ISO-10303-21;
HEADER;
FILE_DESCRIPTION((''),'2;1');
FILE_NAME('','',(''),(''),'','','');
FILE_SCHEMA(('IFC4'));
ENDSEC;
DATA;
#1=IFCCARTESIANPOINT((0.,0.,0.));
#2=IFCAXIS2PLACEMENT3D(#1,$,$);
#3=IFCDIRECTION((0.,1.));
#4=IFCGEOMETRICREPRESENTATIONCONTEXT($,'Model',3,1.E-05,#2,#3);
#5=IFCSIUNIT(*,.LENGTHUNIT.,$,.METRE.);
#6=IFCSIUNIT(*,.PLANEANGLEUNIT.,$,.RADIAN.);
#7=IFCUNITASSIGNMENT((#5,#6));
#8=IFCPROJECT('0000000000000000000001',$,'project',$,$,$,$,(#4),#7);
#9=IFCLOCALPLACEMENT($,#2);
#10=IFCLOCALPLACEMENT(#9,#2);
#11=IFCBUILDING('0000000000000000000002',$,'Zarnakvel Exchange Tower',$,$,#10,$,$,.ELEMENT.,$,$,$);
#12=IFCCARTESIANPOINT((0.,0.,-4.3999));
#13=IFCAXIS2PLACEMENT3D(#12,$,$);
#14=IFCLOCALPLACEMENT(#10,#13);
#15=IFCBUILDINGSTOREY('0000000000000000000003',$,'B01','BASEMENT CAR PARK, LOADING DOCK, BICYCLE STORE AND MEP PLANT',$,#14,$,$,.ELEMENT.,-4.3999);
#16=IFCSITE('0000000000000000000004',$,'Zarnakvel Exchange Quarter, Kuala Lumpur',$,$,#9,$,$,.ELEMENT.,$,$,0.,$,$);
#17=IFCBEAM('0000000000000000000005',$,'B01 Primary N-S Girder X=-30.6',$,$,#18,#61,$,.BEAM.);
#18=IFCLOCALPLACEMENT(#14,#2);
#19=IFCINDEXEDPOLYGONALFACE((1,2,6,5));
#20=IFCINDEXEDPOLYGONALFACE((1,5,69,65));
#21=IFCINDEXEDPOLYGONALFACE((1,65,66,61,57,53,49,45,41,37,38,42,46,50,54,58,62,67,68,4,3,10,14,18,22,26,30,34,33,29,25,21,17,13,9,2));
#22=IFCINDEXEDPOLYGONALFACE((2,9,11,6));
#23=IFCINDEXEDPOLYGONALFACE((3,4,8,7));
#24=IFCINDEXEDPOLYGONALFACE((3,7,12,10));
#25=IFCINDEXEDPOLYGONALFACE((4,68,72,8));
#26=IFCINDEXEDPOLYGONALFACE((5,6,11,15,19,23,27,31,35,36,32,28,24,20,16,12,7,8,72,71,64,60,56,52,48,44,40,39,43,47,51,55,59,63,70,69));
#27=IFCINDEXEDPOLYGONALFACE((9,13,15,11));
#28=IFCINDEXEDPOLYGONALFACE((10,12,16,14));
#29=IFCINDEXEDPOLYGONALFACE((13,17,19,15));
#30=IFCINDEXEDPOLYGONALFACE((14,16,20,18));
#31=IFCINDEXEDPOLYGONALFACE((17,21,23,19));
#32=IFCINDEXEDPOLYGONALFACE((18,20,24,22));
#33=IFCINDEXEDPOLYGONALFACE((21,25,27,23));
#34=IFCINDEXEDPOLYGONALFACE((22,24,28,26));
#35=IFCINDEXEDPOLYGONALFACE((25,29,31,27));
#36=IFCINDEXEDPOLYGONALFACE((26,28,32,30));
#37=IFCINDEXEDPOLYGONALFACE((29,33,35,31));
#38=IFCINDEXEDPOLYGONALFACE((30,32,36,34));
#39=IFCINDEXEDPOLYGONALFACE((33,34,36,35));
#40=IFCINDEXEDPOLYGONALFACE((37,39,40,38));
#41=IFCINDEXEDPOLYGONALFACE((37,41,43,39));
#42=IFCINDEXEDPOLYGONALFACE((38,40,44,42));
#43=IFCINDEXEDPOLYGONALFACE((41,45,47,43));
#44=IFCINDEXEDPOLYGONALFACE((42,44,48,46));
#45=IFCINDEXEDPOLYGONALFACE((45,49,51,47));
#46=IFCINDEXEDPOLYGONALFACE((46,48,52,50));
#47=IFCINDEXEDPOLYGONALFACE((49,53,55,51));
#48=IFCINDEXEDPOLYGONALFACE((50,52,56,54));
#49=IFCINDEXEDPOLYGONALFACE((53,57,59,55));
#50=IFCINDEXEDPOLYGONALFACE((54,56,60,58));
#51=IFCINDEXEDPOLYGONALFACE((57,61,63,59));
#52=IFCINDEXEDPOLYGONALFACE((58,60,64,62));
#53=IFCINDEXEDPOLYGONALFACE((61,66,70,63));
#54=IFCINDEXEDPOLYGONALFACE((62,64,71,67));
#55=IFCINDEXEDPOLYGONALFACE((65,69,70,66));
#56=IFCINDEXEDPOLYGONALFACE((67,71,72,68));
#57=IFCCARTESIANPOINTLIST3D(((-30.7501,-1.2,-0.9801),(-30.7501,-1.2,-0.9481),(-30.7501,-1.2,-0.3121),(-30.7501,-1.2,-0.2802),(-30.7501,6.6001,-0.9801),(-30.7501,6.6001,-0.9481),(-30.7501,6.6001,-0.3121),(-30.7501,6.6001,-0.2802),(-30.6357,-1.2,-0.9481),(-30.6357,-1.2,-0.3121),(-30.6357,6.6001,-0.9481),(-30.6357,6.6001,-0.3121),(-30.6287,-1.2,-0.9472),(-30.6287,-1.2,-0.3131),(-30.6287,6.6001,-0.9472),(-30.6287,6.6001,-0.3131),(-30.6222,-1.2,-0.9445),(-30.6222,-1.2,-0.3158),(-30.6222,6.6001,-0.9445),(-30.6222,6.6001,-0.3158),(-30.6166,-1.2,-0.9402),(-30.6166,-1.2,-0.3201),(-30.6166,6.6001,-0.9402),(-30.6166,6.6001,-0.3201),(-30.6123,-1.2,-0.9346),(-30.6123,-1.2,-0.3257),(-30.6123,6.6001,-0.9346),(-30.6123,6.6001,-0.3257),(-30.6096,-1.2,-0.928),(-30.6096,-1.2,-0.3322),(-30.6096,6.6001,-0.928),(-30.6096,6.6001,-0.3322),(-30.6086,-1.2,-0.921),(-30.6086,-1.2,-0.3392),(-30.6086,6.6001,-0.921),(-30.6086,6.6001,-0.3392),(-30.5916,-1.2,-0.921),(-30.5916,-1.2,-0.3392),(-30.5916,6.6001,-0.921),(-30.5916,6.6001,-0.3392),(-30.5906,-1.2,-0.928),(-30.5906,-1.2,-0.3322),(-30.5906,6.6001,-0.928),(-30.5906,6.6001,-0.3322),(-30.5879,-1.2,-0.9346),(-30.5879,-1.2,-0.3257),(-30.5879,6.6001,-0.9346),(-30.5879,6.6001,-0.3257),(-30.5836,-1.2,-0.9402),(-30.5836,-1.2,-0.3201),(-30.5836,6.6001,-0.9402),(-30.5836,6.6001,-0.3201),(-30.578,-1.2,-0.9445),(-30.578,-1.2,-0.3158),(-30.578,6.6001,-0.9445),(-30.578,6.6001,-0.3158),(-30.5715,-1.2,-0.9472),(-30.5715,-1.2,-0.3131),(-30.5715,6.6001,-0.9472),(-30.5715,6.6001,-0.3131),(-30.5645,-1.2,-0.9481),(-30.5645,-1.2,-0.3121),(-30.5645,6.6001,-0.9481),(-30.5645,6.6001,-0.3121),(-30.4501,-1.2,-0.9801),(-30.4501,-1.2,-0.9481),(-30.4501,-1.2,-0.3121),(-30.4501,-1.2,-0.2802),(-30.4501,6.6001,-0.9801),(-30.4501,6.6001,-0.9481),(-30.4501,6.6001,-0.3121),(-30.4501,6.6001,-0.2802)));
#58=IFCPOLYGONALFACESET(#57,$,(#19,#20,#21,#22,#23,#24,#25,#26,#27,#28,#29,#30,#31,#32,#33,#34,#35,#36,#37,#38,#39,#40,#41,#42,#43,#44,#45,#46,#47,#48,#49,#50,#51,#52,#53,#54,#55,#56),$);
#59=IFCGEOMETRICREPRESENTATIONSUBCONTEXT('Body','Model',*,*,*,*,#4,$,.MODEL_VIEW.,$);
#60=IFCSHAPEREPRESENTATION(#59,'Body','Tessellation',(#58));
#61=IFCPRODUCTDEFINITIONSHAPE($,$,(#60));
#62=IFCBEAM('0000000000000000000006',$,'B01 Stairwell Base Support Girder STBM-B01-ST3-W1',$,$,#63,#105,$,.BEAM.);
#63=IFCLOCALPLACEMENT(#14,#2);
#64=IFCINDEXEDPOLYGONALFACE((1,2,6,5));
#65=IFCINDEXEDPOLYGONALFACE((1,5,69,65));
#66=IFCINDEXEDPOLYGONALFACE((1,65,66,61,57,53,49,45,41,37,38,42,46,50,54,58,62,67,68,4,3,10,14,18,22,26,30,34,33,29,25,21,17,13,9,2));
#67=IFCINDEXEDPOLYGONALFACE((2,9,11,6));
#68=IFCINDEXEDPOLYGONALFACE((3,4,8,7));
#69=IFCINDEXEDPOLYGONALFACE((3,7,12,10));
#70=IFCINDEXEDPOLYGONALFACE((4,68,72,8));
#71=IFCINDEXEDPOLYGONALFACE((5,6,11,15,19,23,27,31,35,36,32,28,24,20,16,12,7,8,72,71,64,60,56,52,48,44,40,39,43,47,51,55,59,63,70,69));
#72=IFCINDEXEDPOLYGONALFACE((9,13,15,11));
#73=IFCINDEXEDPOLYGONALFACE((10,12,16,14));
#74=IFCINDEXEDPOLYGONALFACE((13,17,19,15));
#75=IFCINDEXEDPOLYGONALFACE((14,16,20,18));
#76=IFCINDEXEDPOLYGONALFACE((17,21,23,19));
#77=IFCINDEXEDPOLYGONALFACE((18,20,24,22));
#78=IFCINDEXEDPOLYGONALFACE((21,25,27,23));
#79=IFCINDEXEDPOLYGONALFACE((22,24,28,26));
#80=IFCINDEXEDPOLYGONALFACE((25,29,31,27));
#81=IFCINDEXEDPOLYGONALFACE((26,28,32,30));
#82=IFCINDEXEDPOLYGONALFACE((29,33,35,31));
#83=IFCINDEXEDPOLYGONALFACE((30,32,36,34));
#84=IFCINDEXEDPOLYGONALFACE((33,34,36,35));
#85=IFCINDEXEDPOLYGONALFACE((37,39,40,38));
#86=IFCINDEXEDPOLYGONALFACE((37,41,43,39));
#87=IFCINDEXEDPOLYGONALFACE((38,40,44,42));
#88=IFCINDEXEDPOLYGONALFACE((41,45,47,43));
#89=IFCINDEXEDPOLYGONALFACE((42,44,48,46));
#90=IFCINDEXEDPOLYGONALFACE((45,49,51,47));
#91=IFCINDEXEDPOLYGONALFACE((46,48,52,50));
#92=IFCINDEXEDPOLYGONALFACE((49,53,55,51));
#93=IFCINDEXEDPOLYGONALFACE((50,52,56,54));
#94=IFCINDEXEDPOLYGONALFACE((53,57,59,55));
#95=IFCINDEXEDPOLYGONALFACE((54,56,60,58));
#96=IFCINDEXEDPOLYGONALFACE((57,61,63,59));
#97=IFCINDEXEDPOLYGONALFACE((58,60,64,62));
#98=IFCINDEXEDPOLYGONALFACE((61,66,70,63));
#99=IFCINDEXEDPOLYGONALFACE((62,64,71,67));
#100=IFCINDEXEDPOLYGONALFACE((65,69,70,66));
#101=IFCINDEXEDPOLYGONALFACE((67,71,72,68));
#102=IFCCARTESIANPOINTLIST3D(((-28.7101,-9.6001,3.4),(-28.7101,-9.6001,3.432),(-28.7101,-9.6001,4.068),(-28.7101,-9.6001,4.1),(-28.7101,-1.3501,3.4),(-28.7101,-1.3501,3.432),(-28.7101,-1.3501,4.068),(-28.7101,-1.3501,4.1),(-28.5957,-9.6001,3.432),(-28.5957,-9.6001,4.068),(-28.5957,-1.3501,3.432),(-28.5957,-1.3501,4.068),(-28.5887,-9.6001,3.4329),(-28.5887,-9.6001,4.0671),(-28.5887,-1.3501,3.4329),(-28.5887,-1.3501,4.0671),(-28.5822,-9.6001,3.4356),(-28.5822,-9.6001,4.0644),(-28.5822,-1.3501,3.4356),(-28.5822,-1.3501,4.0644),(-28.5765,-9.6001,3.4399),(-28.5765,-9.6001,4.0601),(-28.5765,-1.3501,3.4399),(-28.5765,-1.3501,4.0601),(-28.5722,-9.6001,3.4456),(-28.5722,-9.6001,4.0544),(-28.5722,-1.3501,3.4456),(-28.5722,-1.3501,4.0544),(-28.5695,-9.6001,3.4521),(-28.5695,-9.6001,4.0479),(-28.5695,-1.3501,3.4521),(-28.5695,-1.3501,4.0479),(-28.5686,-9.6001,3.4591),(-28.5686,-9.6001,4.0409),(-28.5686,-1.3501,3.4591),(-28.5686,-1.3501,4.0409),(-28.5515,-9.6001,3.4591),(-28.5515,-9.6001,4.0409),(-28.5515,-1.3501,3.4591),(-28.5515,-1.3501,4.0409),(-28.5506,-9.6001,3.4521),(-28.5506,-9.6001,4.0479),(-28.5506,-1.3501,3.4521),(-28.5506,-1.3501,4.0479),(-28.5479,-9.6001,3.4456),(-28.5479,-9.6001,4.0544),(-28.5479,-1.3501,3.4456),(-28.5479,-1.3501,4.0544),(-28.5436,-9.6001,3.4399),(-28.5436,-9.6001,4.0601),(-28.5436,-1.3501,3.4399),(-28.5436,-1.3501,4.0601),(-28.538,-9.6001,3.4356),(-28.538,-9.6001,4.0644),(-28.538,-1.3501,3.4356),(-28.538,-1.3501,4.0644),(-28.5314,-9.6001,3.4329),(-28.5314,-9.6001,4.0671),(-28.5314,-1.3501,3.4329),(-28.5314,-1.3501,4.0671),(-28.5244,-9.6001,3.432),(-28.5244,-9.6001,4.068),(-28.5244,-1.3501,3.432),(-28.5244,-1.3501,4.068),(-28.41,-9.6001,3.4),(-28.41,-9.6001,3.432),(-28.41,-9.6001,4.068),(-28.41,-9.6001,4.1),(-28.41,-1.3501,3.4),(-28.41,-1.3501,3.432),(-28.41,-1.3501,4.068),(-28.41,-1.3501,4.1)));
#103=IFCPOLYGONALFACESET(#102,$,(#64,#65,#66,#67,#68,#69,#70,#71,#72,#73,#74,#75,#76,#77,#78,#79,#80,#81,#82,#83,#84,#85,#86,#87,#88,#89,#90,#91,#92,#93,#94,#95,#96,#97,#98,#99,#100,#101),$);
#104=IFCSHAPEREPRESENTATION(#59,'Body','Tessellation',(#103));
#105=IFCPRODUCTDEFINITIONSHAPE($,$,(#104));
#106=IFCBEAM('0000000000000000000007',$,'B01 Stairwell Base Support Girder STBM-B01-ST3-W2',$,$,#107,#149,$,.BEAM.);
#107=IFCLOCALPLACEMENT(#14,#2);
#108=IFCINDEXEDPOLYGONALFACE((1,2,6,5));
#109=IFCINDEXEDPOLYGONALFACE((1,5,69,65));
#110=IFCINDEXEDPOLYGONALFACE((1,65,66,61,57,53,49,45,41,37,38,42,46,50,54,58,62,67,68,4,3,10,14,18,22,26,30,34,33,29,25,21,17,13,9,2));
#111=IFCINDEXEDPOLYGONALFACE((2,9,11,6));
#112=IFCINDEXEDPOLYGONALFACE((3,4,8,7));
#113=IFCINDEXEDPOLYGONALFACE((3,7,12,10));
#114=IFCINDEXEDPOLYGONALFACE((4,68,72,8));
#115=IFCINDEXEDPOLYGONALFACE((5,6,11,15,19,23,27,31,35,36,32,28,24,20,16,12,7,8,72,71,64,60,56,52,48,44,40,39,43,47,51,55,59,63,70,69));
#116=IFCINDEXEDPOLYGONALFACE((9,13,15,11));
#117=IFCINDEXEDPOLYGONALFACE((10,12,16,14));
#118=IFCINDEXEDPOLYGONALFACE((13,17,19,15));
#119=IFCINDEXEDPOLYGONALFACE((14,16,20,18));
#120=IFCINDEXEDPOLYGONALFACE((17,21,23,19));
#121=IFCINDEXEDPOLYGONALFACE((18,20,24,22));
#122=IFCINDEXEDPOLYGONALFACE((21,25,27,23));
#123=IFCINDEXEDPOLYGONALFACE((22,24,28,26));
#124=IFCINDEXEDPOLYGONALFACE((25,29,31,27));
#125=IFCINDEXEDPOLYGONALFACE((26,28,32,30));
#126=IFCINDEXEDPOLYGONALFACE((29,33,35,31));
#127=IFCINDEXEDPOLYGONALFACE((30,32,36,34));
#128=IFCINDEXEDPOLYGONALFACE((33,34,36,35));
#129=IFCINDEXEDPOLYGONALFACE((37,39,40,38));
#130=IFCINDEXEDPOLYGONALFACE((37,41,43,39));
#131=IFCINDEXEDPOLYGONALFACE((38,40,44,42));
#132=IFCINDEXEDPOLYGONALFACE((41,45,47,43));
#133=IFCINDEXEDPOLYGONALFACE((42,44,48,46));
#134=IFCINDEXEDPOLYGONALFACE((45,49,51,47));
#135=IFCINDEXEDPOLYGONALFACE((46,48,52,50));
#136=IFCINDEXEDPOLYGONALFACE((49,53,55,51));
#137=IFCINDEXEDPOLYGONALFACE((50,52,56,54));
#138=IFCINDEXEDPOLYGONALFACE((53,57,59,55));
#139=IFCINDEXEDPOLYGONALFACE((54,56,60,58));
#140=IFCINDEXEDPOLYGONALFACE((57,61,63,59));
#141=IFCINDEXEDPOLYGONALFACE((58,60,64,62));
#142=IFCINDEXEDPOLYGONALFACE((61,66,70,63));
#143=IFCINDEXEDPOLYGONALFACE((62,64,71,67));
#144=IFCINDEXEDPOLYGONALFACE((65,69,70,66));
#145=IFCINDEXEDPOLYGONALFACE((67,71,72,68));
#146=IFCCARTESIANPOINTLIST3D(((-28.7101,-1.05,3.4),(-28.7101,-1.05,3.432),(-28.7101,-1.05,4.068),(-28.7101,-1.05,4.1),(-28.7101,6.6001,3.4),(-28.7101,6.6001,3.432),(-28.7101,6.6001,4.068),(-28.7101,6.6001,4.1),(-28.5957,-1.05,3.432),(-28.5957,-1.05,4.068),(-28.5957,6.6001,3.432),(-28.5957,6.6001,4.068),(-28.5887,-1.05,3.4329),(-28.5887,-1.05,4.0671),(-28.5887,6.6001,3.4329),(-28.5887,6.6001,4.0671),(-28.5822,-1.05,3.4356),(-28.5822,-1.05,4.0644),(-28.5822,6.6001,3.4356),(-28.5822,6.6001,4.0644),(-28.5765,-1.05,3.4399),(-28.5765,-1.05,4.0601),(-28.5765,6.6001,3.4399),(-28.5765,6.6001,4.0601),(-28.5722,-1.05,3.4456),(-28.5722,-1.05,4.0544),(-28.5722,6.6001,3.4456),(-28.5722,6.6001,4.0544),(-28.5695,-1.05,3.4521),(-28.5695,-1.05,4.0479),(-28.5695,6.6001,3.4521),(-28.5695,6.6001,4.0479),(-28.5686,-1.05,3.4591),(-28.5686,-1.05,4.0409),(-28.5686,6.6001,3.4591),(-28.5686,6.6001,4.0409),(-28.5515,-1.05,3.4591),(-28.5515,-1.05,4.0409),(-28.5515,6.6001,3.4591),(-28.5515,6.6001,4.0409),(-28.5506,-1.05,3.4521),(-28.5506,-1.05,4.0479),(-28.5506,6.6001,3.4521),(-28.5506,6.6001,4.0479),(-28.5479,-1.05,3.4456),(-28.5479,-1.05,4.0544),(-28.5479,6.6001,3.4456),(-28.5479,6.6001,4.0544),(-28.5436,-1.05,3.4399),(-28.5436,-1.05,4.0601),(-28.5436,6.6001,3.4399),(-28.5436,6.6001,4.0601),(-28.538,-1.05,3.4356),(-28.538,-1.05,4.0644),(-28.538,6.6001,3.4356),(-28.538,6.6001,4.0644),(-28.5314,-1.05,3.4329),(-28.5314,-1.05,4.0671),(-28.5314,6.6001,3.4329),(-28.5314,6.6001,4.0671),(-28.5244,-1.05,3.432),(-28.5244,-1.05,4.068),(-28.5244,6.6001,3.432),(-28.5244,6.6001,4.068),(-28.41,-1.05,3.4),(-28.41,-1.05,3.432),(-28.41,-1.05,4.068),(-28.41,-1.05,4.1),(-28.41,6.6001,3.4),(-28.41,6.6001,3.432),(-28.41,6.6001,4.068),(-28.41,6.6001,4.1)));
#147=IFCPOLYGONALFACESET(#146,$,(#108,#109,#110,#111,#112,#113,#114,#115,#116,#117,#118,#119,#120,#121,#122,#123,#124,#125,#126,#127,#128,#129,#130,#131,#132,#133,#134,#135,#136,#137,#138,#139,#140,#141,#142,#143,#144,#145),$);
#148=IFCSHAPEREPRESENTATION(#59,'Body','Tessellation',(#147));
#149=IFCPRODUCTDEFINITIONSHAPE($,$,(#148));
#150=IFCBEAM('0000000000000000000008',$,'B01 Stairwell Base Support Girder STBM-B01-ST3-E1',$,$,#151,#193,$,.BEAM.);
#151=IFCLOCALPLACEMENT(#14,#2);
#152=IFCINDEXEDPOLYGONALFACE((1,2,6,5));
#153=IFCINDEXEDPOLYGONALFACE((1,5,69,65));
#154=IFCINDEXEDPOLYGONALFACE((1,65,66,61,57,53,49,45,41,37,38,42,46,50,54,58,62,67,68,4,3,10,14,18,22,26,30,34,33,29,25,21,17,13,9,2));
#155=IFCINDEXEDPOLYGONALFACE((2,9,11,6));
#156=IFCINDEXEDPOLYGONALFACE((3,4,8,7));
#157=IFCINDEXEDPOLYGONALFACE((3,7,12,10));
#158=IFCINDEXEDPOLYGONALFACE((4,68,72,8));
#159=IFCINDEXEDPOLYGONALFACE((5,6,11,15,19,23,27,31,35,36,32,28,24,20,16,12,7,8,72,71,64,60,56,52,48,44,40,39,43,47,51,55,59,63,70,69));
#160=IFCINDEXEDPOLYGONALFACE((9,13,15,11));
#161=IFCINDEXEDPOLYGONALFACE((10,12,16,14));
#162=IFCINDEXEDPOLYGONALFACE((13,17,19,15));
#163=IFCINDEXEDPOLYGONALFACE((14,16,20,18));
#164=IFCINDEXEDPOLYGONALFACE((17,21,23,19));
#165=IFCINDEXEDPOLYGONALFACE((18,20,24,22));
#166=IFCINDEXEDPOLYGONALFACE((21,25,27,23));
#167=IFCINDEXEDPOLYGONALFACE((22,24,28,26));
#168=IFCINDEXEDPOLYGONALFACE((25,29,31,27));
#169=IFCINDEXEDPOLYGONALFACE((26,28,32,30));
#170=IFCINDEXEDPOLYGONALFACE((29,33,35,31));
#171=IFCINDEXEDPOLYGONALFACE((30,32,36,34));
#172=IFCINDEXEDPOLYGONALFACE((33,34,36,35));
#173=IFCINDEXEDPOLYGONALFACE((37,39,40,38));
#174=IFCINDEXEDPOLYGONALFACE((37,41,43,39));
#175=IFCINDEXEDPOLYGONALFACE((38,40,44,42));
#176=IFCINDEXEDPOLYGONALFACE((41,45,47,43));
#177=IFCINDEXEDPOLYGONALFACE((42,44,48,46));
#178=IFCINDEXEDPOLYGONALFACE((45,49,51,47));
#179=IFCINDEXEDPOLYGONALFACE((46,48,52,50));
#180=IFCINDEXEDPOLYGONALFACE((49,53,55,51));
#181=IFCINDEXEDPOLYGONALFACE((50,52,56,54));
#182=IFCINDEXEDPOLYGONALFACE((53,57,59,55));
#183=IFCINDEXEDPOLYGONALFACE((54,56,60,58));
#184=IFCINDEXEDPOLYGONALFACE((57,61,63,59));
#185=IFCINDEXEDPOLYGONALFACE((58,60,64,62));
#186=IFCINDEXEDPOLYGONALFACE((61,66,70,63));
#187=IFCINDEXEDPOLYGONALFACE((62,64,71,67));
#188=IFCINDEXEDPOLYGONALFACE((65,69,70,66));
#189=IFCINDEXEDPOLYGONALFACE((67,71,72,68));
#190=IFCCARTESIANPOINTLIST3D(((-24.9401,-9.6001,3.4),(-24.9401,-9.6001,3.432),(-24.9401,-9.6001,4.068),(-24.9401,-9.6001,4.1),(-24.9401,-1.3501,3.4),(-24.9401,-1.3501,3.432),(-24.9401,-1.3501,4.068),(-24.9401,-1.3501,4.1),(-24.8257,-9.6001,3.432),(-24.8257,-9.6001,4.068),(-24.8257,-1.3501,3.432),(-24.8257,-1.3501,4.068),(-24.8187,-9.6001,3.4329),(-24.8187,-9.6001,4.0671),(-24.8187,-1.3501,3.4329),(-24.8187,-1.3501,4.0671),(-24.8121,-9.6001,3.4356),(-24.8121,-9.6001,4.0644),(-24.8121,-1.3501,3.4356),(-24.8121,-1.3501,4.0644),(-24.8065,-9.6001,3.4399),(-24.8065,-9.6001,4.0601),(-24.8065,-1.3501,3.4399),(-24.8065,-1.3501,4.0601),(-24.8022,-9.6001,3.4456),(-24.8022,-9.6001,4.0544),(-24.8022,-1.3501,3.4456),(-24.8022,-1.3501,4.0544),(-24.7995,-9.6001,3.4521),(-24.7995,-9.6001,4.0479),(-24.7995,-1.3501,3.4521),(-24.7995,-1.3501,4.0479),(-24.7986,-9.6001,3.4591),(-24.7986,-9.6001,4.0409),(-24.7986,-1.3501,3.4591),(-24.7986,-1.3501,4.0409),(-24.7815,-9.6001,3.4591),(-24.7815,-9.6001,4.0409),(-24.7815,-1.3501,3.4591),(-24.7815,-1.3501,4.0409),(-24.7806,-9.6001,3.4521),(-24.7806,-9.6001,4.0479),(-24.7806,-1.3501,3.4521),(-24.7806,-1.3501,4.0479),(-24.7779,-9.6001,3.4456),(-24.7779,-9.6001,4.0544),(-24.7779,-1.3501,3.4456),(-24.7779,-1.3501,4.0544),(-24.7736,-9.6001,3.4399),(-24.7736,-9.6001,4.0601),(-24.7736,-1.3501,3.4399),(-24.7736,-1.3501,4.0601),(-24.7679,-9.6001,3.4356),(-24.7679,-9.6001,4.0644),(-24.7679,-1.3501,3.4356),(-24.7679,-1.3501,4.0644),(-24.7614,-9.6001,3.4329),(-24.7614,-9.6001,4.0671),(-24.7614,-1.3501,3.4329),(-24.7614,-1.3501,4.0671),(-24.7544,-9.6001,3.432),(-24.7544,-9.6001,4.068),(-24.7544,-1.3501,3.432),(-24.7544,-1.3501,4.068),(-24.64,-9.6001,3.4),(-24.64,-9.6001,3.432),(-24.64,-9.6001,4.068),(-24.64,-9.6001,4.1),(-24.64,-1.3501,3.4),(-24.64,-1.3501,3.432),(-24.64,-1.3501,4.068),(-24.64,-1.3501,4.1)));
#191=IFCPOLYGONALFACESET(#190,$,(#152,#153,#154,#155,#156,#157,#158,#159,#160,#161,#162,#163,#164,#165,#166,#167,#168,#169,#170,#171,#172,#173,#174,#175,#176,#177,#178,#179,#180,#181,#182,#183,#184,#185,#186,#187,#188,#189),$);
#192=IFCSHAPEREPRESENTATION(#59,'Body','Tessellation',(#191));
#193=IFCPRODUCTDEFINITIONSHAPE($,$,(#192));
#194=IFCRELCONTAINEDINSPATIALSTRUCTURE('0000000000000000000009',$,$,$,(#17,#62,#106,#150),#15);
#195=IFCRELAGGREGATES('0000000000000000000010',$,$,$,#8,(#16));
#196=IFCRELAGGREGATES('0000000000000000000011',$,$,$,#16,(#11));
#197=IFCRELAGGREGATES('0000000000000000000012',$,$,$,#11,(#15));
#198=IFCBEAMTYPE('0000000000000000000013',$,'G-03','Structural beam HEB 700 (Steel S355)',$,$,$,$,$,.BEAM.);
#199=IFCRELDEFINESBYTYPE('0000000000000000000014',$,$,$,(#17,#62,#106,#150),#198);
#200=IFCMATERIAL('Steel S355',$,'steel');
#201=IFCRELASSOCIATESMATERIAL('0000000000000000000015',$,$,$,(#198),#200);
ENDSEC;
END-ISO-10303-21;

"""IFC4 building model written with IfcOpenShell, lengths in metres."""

from ifc_helpers import new_model, si_unit, direction, frame, origin, origin_2d, place, context, subcontext, project, spatial, i_section, extrude, material, material_profile, profile_set, type_object, element, save


model = new_model("IFC4")

# Units and contexts
model_context = context("Model", 3, precision=1e-05, world=origin(), true_north=direction((0.0, 1.0)))
body_context = subcontext(model_context, "Body", "Model", "MODEL_VIEW")
ifc_project = project(units=[si_unit("LENGTHUNIT", "METRE"), si_unit("PLANEANGLEUNIT", "RADIAN")], contexts=[model_context])

# Site, building, storey
site_placement = place(None, origin())
site = spatial("IfcSite", under=ifc_project, at=site_placement, Name="Zarnakvel Exchange Quarter, Kuala Lumpur", CompositionType="ELEMENT", RefElevation=0.0)
building_placement = place(site_placement, origin())
building = spatial("IfcBuilding", under=site, at=building_placement, Name="Zarnakvel Exchange Tower", CompositionType="ELEMENT")
storey_placement = place(building_placement, frame((0.0, 0.0, -4.3999)))
storey = spatial("IfcBuildingStorey", under=building, at=storey_placement, Name="B01", Description="BASEMENT CAR PARK, LOADING DOCK, BICYCLE STORE AND MEP PLANT", CompositionType="ELEMENT", Elevation=-4.3999)

# Beams
ifc_material_1 = material(Name="Steel S355", Category="steel")
ifc_material_profile_1 = material_profile(ifc_material_1, i_section(OverallWidth=0.3, OverallDepth=0.7, WebThickness=0.0171, FlangeThickness=0.032, FilletRadius=0.0271, at=origin_2d()))
ifc_profile_set_1 = profile_set([ifc_material_profile_1], Name="Steel S355")
beam_type_1 = type_object("IfcBeamType", Name="G-03", Description="Structural beam HEB 700 (Steel S355)", PredefinedType="BEAM", material=ifc_profile_set_1)
beam_1_placement = place(storey_placement, frame((-30.6001, -1.2, -0.6301), z_axis=(0.0, 1.0, 0.0), x_axis=(-1.0, 0.0, 0.0)))
element("IfcBeam", 1, at=beam_1_placement, inside=storey, type_object=beam_type_1, Name="B01 Primary N-S Girder X=-30.6", PredefinedType="BEAM", context=body_context, shape_type="SweptSolid", body=[
    extrude(i_section(OverallWidth=0.3, OverallDepth=0.7, WebThickness=0.0171, FlangeThickness=0.032, FilletRadius=0.0271, at=origin_2d()), origin(), (0.0, 0.0, 1.0), 7.8),
])
beam_2_placement = place(storey_placement, frame((-28.5601, -9.6001, 3.75), z_axis=(0.0, 1.0, 0.0), x_axis=(-1.0, 0.0, 0.0)))
element("IfcBeam", 2, at=beam_2_placement, inside=storey, type_object=beam_type_1, Name="B01 Stairwell Base Support Girder STBM-B01-ST3-W1", PredefinedType="BEAM", context=body_context, shape_type="SweptSolid", body=[
    extrude(i_section(OverallWidth=0.3, OverallDepth=0.7, WebThickness=0.0171, FlangeThickness=0.032, FilletRadius=0.0271, at=origin_2d()), origin(), (0.0, 0.0, 1.0), 8.25),
])
beam_3_placement = place(storey_placement, frame((-28.5601, -1.05, 3.75), z_axis=(0.0, 1.0, 0.0), x_axis=(-1.0, 0.0, 0.0)))
element("IfcBeam", 3, at=beam_3_placement, inside=storey, type_object=beam_type_1, Name="B01 Stairwell Base Support Girder STBM-B01-ST3-W2", PredefinedType="BEAM", context=body_context, shape_type="SweptSolid", body=[
    extrude(i_section(OverallWidth=0.3, OverallDepth=0.7, WebThickness=0.0171, FlangeThickness=0.032, FilletRadius=0.0271, at=origin_2d()), origin(), (0.0, 0.0, 1.0), 7.6501),
])
beam_4_placement = place(storey_placement, frame((-24.79, -9.6001, 3.75), z_axis=(0.0, 1.0, 0.0), x_axis=(-1.0, 0.0, 0.0)))
element("IfcBeam", 4, at=beam_4_placement, inside=storey, type_object=beam_type_1, Name="B01 Stairwell Base Support Girder STBM-B01-ST3-E1", PredefinedType="BEAM", context=body_context, shape_type="SweptSolid", body=[
    extrude(i_section(OverallWidth=0.3, OverallDepth=0.7, WebThickness=0.0171, FlangeThickness=0.032, FilletRadius=0.0271, at=origin_2d()), origin(), (0.0, 0.0, 1.0), 8.25),
])

save(model, "model.ifc")
